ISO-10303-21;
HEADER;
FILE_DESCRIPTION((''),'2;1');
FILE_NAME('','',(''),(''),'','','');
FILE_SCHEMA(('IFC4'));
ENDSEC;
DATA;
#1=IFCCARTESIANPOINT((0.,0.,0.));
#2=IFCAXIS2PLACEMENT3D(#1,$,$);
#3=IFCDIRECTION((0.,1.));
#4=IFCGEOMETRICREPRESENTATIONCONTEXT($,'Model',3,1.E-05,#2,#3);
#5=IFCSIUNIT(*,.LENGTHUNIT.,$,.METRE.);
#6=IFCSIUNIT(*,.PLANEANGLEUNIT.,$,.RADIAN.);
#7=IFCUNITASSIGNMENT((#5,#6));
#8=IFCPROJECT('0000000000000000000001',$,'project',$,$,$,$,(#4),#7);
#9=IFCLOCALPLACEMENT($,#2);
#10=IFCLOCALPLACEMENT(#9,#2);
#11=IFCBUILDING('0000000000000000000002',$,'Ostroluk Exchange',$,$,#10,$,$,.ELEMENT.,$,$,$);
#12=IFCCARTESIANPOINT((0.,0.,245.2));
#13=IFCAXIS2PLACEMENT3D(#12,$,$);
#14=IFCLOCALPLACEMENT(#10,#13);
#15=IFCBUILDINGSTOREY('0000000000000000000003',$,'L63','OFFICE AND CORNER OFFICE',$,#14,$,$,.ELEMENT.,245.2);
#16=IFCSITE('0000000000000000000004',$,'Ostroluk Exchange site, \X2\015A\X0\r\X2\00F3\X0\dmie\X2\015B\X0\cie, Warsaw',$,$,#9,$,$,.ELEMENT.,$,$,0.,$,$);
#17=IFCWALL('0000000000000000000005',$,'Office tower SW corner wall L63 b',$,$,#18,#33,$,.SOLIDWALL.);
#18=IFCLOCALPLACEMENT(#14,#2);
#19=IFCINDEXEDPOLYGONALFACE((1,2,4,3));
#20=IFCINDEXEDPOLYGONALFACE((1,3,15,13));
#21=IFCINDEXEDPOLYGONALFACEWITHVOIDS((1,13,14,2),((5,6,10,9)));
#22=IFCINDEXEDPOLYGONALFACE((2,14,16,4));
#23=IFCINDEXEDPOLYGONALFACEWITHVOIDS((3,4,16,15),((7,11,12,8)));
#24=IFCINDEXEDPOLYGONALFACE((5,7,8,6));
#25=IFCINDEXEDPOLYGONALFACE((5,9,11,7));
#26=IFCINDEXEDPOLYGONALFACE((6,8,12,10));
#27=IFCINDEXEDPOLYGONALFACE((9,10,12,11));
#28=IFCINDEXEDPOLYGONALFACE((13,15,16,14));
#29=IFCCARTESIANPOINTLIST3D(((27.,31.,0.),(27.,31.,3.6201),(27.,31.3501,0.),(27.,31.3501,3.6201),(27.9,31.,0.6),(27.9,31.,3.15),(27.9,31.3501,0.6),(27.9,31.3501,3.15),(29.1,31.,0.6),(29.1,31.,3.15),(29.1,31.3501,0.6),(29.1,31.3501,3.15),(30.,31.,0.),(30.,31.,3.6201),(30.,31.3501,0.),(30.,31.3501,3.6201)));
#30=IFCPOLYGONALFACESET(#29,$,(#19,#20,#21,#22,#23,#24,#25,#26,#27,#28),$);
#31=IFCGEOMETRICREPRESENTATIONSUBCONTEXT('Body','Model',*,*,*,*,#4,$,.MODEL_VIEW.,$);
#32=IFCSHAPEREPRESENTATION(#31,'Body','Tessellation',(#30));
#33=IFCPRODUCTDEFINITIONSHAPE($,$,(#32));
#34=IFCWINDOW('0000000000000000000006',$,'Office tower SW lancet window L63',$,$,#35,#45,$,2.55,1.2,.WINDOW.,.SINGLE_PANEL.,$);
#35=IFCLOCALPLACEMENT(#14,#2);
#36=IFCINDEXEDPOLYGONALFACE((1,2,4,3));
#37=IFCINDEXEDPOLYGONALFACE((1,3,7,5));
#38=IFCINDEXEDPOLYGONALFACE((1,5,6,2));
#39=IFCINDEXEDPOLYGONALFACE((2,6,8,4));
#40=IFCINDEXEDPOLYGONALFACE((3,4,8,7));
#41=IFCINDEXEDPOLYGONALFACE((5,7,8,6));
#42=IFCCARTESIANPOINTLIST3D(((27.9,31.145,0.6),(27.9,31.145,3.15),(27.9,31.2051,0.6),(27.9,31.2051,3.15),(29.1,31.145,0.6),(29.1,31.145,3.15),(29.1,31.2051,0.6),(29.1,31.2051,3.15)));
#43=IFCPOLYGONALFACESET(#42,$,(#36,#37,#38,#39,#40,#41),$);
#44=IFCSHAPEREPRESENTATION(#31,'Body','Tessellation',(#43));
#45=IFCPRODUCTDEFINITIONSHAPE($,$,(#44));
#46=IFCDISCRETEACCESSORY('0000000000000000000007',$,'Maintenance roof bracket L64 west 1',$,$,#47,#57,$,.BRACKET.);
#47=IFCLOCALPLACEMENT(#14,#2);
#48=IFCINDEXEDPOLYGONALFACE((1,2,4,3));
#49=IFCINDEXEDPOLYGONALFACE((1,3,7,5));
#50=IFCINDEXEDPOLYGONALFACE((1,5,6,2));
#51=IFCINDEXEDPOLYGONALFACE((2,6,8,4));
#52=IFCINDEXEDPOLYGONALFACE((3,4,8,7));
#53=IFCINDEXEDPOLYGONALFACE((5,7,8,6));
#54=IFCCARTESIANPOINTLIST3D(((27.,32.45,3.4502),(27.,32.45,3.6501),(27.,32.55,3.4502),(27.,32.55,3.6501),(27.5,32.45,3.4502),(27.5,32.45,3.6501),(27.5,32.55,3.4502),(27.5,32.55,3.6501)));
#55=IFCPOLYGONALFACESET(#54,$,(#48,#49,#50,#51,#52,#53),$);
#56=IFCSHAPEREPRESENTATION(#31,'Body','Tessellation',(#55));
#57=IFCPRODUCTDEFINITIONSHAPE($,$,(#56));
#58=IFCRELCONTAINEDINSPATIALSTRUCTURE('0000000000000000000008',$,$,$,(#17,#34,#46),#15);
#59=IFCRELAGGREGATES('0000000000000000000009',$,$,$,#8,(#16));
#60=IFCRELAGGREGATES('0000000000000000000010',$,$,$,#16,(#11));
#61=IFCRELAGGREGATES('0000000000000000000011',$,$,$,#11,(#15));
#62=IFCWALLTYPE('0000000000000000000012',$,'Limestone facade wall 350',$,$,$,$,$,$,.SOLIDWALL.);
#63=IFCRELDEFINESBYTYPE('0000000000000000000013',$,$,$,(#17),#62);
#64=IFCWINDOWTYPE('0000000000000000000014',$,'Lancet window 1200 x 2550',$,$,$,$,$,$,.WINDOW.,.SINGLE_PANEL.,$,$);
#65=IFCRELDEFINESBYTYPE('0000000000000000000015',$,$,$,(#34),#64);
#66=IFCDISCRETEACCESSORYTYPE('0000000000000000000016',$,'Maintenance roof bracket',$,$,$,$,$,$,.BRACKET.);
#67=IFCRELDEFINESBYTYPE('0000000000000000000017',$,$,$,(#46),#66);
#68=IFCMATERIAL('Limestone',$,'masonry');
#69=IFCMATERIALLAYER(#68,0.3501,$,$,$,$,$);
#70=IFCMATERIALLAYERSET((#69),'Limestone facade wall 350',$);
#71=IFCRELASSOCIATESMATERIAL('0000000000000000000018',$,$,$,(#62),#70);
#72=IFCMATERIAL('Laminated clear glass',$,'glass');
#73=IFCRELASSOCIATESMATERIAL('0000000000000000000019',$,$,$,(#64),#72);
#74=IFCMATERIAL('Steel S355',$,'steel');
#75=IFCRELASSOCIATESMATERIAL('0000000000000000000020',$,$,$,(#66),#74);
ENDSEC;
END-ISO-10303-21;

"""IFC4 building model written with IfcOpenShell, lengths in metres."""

from ifc_helpers import new_model, si_unit, direction, frame, frame_2d, origin, origin_2d, place, context, subcontext, project, spatial, rectangle, extrude, material, layer, layer_set, type_object, element, fill, save


model = new_model("IFC4")

# Units and contexts
model_context = context("Model", 3, precision=1e-05, world=origin(), true_north=direction((0.0, 1.0)))
body_context = subcontext(model_context, "Body", "Model", "MODEL_VIEW")
ifc_project = project(units=[si_unit("LENGTHUNIT", "METRE"), si_unit("PLANEANGLEUNIT", "RADIAN")], contexts=[model_context])

# Site, building, storey
site_placement = place(None, origin())
site = spatial("IfcSite", under=ifc_project, at=site_placement, Name="Ostroluk Exchange site, Śródmieście, Warsaw", CompositionType="ELEMENT", RefElevation=0.0)
building_placement = place(site_placement, origin())
building = spatial("IfcBuilding", under=site, at=building_placement, Name="Ostroluk Exchange", CompositionType="ELEMENT")
storey_placement = place(building_placement, frame((0.0, 0.0, 245.2)))
storey = spatial("IfcBuildingStorey", under=building, at=storey_placement, Name="L63", Description="OFFICE AND CORNER OFFICE", CompositionType="ELEMENT", Elevation=245.2)

# Shared definitions
ifc_material_1 = material(Name="Limestone", Category="masonry")
ifc_layer_1 = layer(ifc_material_1, 0.3501)
ifc_layer_set_1 = layer_set([ifc_layer_1], Name="Limestone facade wall 350")
wall_type = type_object("IfcWallType", Name="Limestone facade wall 350", PredefinedType="SOLIDWALL", material=ifc_layer_set_1)

# Wall, opening, window
wall_1_placement = place(storey_placement, frame((30.0, 31.175, 0.0), z_axis=(0.0, 0.0, 1.0), x_axis=(-1.0, 0.0, 0.0)))
wall_1 = element("IfcWall", 1, at=wall_1_placement, inside=storey, type_object=wall_type, Name="Office tower SW corner wall L63 b", PredefinedType="SOLIDWALL", context=body_context, shape_type="SweptSolid", body=[
    extrude(rectangle(XDim=3.0, YDim=0.3501, at=frame_2d((1.5, 0.0))), origin(), (0.0, 0.0, 1.0), 3.6201),
])
opening_1_placement = place(wall_1_placement, frame((0.8999, 0.0, 0.6001)))
opening_1 = element("IfcOpeningElement", 2, at=opening_1_placement, cuts=wall_1, PredefinedType="OPENING", context=body_context, shape_type="SweptSolid", body=[
    extrude(rectangle(XDim=1.2, YDim=2.55, at=frame_2d((0.6001, 1.2749))), frame((0.0, 0.1851, 0.0), z_axis=(0.0, -1.0, 0.0), x_axis=(1.0, 0.0, 0.0)), (0.0, 0.0, 1.0), 0.3701),
])
ifc_material_2 = material(Name="Laminated clear glass", Category="glass")
window_type = type_object("IfcWindowType", Name="Lancet window 1200 x 2550", PartitioningType="SINGLE_PANEL", PredefinedType="WINDOW", material=ifc_material_2)
window_placement = place(opening_1_placement, origin())
window = element("IfcWindow", 3, at=window_placement, inside=storey, type_object=window_type, Name="Office tower SW lancet window L63", OverallHeight=2.55, OverallWidth=1.2, PartitioningType="SINGLE_PANEL", PredefinedType="WINDOW", context=body_context, shape_type="SweptSolid", body=[
    extrude(rectangle(XDim=1.2, YDim=2.55, at=frame_2d((0.6001, 1.2749))), frame((0.0, 0.03, 0.0), z_axis=(0.0, -1.0, 0.0), x_axis=(1.0, 0.0, 0.0)), (0.0, 0.0, 1.0), 0.0601),
])
fill(opening_1, window)

# Discrete accessory
ifc_material_3 = material(Name="Steel S355", Category="steel")
discrete_accessory_type = type_object("IfcDiscreteAccessoryType", Name="Maintenance roof bracket", PredefinedType="BRACKET", material=ifc_material_3)
discrete_accessory_placement = place(storey_placement, frame((27.25, 32.5, 3.4502), z_axis=(0.0, 0.0, 1.0), x_axis=(1.0, 0.0, 0.0)))
element("IfcDiscreteAccessory", 4, at=discrete_accessory_placement, inside=storey, type_object=discrete_accessory_type, Name="Maintenance roof bracket L64 west 1", PredefinedType="BRACKET", context=body_context, shape_type="SweptSolid", body=[
    extrude(rectangle(XDim=0.5, YDim=0.1001, at=origin_2d()), origin(), (0.0, 0.0, 1.0), 0.2),
])

save(model, "model.ifc")
